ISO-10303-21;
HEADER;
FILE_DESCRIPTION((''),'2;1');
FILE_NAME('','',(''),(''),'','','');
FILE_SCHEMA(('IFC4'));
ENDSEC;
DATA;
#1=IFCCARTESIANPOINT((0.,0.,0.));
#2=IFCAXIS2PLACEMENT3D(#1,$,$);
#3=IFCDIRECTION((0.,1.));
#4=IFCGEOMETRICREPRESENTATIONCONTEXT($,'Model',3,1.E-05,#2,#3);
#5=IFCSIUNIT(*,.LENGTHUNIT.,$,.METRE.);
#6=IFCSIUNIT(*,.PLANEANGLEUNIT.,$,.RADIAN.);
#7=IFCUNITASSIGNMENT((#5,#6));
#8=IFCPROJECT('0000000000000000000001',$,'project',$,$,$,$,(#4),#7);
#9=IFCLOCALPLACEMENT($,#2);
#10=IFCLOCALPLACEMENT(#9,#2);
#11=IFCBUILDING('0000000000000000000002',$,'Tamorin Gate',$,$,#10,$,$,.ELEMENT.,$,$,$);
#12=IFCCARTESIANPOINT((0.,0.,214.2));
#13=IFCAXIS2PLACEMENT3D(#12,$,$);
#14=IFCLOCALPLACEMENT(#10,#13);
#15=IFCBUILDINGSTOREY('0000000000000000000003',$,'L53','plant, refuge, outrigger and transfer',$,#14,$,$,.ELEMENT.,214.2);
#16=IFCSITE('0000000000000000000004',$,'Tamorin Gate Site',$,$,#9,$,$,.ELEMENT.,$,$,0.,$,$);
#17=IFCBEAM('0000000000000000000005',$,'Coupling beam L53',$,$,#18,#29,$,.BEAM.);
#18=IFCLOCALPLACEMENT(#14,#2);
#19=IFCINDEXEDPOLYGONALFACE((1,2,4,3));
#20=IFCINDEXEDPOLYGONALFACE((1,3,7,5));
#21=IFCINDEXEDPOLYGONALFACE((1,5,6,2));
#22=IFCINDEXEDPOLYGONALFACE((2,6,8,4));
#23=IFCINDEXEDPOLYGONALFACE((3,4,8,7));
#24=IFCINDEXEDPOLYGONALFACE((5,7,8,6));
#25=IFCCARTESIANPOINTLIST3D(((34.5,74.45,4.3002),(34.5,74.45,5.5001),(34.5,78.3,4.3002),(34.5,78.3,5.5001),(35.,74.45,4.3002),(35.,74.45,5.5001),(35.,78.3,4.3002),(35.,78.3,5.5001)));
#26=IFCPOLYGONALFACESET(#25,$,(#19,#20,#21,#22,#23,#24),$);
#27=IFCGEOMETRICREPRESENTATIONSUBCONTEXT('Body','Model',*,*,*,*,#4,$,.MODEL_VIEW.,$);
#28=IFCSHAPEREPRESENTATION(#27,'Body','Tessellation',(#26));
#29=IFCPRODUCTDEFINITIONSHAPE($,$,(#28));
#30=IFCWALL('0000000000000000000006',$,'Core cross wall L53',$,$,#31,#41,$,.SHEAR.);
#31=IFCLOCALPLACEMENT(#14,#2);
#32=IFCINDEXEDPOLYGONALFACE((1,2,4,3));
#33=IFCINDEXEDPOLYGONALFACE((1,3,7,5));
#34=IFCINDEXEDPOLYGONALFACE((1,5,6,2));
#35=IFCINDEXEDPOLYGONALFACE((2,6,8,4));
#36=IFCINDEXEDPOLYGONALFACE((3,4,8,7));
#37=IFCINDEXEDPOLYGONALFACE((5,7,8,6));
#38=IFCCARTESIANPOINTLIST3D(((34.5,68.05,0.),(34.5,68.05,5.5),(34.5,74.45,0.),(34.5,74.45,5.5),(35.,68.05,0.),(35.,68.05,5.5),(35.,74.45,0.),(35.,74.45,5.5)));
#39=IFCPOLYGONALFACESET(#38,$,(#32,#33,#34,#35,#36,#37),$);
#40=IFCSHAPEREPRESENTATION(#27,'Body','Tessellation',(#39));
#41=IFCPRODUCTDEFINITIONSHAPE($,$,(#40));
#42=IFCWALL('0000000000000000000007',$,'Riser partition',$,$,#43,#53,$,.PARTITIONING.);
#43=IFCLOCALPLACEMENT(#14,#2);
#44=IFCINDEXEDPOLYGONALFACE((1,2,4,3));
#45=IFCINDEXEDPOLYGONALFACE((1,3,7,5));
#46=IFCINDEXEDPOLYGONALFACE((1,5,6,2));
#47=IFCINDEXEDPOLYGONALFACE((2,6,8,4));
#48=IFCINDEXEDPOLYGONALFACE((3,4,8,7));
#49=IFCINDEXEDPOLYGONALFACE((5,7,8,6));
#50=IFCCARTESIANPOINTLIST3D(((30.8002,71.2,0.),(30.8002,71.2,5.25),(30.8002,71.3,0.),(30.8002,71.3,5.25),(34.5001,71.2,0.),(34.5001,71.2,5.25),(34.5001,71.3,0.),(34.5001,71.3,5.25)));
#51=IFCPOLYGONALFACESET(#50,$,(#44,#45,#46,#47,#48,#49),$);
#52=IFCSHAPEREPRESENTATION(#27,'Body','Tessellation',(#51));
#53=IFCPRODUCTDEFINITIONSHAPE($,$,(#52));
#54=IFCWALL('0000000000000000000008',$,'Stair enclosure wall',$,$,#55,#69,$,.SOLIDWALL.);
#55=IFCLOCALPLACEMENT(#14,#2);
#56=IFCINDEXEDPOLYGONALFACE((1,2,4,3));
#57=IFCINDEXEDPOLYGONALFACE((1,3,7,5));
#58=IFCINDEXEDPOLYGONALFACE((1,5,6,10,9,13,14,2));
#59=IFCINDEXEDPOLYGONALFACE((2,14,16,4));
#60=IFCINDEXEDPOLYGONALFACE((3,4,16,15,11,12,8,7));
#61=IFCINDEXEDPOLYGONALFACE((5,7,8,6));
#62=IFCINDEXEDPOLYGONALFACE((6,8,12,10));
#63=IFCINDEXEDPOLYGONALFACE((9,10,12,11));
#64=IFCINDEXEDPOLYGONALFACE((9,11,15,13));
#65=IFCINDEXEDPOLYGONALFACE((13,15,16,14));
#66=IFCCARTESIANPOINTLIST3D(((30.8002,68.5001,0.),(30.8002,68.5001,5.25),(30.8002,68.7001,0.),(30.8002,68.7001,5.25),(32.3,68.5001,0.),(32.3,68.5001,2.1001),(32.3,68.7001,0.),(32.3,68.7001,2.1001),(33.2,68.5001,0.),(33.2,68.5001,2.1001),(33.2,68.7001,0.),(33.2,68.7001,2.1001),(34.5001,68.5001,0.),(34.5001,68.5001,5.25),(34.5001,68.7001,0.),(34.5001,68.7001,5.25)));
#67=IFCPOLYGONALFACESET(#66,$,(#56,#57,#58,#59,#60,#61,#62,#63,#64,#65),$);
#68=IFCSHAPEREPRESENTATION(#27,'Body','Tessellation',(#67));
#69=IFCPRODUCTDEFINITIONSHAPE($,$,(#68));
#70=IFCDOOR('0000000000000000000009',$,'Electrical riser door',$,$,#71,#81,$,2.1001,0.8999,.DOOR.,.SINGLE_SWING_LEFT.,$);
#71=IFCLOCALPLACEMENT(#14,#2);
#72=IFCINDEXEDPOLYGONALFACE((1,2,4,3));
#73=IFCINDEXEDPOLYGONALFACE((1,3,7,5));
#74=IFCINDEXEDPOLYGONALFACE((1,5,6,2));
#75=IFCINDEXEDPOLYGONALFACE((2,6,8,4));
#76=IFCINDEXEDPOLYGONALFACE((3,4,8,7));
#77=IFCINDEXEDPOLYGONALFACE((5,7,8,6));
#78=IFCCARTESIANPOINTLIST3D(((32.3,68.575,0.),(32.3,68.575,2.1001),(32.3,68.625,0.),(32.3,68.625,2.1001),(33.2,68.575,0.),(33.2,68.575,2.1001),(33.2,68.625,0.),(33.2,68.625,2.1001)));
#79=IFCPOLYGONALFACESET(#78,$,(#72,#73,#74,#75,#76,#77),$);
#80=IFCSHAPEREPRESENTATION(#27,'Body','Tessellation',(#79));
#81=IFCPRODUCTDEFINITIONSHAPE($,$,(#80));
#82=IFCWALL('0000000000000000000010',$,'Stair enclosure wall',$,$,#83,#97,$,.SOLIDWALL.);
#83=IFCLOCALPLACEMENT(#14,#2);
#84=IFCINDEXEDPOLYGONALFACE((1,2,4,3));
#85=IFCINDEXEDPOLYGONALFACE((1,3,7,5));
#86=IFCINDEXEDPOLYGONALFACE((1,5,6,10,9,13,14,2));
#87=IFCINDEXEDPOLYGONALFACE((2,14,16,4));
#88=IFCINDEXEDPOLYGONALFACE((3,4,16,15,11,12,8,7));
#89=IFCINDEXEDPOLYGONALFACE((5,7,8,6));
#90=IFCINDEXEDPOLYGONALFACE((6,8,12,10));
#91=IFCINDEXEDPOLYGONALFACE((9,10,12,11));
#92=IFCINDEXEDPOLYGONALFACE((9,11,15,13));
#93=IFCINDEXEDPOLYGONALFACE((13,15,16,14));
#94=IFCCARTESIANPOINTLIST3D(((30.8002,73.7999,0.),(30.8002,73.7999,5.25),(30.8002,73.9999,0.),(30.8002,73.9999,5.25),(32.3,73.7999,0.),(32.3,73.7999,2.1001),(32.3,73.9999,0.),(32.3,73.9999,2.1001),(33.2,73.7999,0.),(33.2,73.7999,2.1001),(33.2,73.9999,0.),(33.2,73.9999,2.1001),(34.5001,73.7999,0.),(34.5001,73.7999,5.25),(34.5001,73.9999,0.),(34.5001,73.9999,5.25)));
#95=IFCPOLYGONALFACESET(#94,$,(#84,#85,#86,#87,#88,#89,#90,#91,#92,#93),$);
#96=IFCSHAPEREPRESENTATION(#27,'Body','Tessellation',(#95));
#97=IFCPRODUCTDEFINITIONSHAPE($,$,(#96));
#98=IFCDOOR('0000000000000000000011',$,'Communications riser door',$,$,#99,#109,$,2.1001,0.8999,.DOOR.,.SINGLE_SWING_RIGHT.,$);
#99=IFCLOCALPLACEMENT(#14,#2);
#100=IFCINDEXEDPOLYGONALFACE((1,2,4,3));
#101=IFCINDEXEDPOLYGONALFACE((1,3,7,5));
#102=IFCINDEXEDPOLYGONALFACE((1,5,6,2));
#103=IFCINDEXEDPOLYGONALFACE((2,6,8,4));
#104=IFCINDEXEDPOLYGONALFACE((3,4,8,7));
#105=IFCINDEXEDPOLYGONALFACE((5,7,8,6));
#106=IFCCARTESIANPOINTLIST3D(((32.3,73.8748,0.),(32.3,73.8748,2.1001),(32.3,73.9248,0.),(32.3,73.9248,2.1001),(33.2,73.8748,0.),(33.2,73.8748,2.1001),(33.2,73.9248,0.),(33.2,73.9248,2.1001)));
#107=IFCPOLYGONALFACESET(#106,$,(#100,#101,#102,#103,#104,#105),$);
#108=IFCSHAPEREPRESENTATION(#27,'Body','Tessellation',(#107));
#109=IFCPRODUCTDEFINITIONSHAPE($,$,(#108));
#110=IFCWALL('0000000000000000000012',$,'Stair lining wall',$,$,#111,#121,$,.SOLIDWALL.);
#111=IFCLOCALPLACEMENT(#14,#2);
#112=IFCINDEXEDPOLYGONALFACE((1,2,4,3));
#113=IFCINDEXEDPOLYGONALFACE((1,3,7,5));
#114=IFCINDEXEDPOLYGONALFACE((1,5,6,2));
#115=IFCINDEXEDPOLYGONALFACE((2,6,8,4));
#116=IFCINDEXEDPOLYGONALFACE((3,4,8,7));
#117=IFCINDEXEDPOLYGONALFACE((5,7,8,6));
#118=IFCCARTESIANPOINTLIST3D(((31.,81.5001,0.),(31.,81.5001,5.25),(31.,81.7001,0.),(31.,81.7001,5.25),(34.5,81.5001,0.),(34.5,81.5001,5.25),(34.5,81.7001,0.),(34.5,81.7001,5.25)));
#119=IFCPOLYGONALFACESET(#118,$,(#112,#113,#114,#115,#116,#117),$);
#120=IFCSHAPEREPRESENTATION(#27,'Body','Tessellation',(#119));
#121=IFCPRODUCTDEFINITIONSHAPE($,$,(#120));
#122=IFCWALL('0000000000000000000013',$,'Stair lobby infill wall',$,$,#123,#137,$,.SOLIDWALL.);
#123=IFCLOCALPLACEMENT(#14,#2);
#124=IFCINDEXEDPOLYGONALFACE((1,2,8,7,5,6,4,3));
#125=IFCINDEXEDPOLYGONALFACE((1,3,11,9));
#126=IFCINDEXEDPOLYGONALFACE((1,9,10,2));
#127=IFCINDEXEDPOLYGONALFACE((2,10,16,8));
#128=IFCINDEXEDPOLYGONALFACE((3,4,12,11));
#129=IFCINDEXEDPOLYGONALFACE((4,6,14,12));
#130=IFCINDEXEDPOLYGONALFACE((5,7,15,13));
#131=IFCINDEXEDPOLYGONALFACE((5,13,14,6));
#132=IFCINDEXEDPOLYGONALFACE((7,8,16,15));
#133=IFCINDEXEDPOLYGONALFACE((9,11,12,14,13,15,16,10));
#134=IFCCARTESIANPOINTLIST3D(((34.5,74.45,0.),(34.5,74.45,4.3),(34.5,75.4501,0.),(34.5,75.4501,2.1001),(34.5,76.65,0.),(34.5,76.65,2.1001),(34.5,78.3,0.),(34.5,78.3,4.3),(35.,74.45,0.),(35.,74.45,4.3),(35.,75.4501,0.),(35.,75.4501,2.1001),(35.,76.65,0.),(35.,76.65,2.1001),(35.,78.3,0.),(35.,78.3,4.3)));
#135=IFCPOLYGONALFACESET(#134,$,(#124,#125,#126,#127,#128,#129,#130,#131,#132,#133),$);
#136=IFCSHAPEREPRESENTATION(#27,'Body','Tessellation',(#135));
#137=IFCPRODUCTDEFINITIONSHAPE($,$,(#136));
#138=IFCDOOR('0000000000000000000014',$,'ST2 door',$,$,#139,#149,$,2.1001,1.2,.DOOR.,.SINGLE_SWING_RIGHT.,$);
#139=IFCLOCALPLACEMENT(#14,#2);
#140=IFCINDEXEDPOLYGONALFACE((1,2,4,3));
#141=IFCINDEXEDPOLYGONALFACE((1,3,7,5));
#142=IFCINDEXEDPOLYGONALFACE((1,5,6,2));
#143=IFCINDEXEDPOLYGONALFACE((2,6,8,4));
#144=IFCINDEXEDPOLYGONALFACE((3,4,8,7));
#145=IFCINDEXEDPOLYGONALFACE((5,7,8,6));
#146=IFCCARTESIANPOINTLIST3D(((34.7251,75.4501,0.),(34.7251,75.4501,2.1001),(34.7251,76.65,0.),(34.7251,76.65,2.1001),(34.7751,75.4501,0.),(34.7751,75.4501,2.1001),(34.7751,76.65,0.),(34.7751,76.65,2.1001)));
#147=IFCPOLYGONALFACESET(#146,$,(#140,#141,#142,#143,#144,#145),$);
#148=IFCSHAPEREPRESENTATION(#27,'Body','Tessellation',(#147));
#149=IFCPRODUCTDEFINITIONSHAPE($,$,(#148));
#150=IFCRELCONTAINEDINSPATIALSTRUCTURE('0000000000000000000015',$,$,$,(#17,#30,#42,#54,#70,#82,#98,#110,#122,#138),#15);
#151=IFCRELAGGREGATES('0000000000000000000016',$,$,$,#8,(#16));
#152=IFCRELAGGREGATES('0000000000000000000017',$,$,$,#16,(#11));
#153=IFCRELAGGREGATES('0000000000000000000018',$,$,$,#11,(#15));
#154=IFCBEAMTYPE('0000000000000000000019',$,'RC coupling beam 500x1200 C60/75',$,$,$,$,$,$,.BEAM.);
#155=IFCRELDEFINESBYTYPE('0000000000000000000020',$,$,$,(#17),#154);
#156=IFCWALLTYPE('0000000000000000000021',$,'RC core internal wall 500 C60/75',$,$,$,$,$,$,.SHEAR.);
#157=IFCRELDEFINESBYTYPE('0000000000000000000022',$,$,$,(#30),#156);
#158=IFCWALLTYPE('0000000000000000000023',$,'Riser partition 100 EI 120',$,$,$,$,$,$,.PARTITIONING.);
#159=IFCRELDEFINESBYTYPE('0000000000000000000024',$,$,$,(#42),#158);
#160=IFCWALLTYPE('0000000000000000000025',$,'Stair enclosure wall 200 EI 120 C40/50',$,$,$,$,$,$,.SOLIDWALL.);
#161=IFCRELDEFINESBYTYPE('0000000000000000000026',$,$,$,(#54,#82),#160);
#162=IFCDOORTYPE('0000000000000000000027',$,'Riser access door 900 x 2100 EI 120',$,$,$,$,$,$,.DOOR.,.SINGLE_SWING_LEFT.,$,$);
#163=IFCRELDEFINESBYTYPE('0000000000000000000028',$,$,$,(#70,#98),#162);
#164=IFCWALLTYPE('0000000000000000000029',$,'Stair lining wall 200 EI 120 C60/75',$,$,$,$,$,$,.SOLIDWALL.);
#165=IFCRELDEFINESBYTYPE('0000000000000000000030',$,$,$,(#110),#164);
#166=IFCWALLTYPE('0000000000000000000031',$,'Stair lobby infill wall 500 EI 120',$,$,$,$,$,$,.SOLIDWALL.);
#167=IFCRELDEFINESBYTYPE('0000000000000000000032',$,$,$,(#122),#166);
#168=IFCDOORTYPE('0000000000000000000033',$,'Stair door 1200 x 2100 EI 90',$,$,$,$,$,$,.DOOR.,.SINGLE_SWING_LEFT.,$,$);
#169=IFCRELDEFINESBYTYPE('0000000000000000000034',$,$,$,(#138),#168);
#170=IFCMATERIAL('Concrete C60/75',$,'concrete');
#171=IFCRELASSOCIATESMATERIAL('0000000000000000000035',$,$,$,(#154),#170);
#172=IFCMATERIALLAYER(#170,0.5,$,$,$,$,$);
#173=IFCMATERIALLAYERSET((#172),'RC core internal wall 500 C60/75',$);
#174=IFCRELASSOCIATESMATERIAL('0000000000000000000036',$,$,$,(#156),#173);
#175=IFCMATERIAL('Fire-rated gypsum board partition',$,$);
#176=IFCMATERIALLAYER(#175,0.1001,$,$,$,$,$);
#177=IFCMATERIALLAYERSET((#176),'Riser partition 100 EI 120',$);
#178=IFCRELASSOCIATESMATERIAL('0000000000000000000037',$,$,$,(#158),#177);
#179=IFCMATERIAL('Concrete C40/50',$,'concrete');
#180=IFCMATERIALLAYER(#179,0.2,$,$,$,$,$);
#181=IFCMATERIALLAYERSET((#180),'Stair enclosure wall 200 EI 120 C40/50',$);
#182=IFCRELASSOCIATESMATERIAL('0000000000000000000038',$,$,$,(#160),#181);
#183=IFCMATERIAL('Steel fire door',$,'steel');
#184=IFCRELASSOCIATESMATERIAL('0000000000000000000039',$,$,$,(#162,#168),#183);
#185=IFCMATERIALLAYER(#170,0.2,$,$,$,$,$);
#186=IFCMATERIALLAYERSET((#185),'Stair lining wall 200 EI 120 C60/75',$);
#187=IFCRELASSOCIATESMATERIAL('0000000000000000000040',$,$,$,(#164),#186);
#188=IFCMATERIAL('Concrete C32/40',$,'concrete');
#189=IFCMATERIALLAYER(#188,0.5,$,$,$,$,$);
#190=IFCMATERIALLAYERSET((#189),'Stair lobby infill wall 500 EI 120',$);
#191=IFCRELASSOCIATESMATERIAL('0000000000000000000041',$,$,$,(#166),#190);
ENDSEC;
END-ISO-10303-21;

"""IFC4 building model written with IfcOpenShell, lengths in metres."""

from ifc_helpers import new_model, si_unit, direction, frame, frame_2d, origin, origin_2d, place, context, subcontext, project, spatial, rectangle, extrude, material, layer, layer_set, material_profile, profile_set, type_object, element, fill, save


model = new_model("IFC4")

# Units and contexts
model_context = context("Model", 3, precision=1e-05, world=origin(), true_north=direction((0.0, 1.0)))
body_context = subcontext(model_context, "Body", "Model", "MODEL_VIEW")
ifc_project = project(units=[si_unit("LENGTHUNIT", "METRE"), si_unit("PLANEANGLEUNIT", "RADIAN")], contexts=[model_context])

# Site, building, storey
site_placement = place(None, origin())
site = spatial("IfcSite", under=ifc_project, at=site_placement, Name="Tamorin Gate Site", CompositionType="ELEMENT", RefElevation=0.0)
building_placement = place(site_placement, origin())
building = spatial("IfcBuilding", under=site, at=building_placement, Name="Tamorin Gate", CompositionType="ELEMENT")
storey_placement = place(building_placement, frame((0.0, 0.0, 214.2)))
storey = spatial("IfcBuildingStorey", under=building, at=storey_placement, Name="L53", Description="plant, refuge, outrigger and transfer", CompositionType="ELEMENT", Elevation=214.2)

# Beam
ifc_material_1 = material(Name="Concrete C60/75", Category="concrete")
ifc_material_profile = material_profile(ifc_material_1, rectangle(XDim=0.5, YDim=1.2, at=origin_2d()), Name="RC 500x1200")
ifc_profile_set = profile_set([ifc_material_profile], Name="Concrete C60/75")
beam_type = type_object("IfcBeamType", Name="RC coupling beam 500x1200 C60/75", PredefinedType="BEAM", material=ifc_profile_set)
beam_placement = place(storey_placement, frame((34.75, 74.45, 4.9001), z_axis=(0.0, 1.0, 0.0), x_axis=(-1.0, 0.0, 0.0)))
element("IfcBeam", 1, at=beam_placement, inside=storey, type_object=beam_type, Name="Coupling beam L53", PredefinedType="BEAM", context=body_context, shape_type="SweptSolid", body=[
    extrude(rectangle(XDim=0.5, YDim=1.2, at=origin_2d()), origin(), (0.0, 0.0, 1.0), 3.8501),
])

# Walls
ifc_layer_1 = layer(ifc_material_1, 0.5)
ifc_layer_set_1 = layer_set([ifc_layer_1], Name="RC core internal wall 500 C60/75")
wall_type_1 = type_object("IfcWallType", Name="RC core internal wall 500 C60/75", PredefinedType="SHEAR", material=ifc_layer_set_1)
wall_1_placement = place(storey_placement, frame((34.75, 68.05, 0.0), z_axis=(0.0, 0.0, 1.0), x_axis=(0.0, 1.0, 0.0)))
element("IfcWall", 2, at=wall_1_placement, inside=storey, type_object=wall_type_1, Name="Core cross wall L53", PredefinedType="SHEAR", context=body_context, shape_type="SweptSolid", body=[
    extrude(rectangle(XDim=6.3999, YDim=0.5, at=frame_2d((3.2, 0.0))), origin(), (0.0, 0.0, 1.0), 5.5),
])
ifc_material_2 = material(Name="Fire-rated gypsum board partition")
ifc_layer_2 = layer(ifc_material_2, 0.1001)
ifc_layer_set_2 = layer_set([ifc_layer_2], Name="Riser partition 100 EI 120")
wall_type_2 = type_object("IfcWallType", Name="Riser partition 100 EI 120", PredefinedType="PARTITIONING", material=ifc_layer_set_2)
wall_2_placement = place(storey_placement, frame((30.8, 71.25, 0.0), z_axis=(0.0, 0.0, 1.0), x_axis=(1.0, 0.0, 0.0)))
element("IfcWall", 3, at=wall_2_placement, inside=storey, type_object=wall_type_2, Name="Riser partition", PredefinedType="PARTITIONING", context=body_context, shape_type="SweptSolid", body=[
    extrude(rectangle(XDim=3.7, YDim=0.1001, at=frame_2d((1.8501, 0.0))), origin(), (0.0, 0.0, 1.0), 5.25),
])

# Walls, openings, doors
ifc_material_3 = material(Name="Concrete C40/50", Category="concrete")
ifc_layer_3 = layer(ifc_material_3, 0.2)
ifc_layer_set_3 = layer_set([ifc_layer_3], Name="Stair enclosure wall 200 EI 120 C40/50")
wall_type_3 = type_object("IfcWallType", Name="Stair enclosure wall 200 EI 120 C40/50", PredefinedType="SOLIDWALL", material=ifc_layer_set_3)
wall_3_placement = place(storey_placement, frame((30.8, 68.6001, 0.0), z_axis=(0.0, 0.0, 1.0), x_axis=(1.0, 0.0, 0.0)))
wall_3 = element("IfcWall", 4, at=wall_3_placement, inside=storey, type_object=wall_type_3, Name="Stair enclosure wall", PredefinedType="SOLIDWALL", context=body_context, shape_type="SweptSolid", body=[
    extrude(rectangle(XDim=3.7, YDim=0.2, at=frame_2d((1.8501, 0.0))), origin(), (0.0, 0.0, 1.0), 5.25),
])
opening_1_placement = place(wall_3_placement, frame((1.5, 0.0, 0.0)))
opening_1 = element("IfcOpeningElement", 5, at=opening_1_placement, cuts=wall_3, PredefinedType="OPENING", context=body_context, shape_type="SweptSolid", body=[
    extrude(rectangle(XDim=0.8999, YDim=2.1001, at=frame_2d((0.45, 1.05))), frame((0.0, 0.1099, 0.0), z_axis=(0.0, -1.0, 0.0), x_axis=(1.0, 0.0, 0.0)), (0.0, 0.0, 1.0), 0.22),
])
ifc_material_4 = material(Name="Steel fire door", Category="steel")
door_type_1 = type_object("IfcDoorType", Name="Riser access door 900 x 2100 EI 120", OperationType="SINGLE_SWING_LEFT", PredefinedType="DOOR", material=ifc_material_4)
door_1_placement = place(opening_1_placement, origin())
door_1 = element("IfcDoor", 6, at=door_1_placement, inside=storey, type_object=door_type_1, Name="Electrical riser door", OperationType="SINGLE_SWING_LEFT", OverallHeight=2.1001, OverallWidth=0.8999, PredefinedType="DOOR", context=body_context, shape_type="SweptSolid", body=[
    extrude(rectangle(XDim=0.8999, YDim=2.1001, at=frame_2d((0.45, 1.05))), frame((0.0, 0.0249, 0.0), z_axis=(0.0, -1.0, 0.0), x_axis=(1.0, 0.0, 0.0)), (0.0, 0.0, 1.0), 0.05),
])
fill(opening_1, door_1)
wall_4_placement = place(storey_placement, frame((30.8, 73.8999, 0.0), z_axis=(0.0, 0.0, 1.0), x_axis=(1.0, 0.0, 0.0)))
wall_4 = element("IfcWall", 7, at=wall_4_placement, inside=storey, type_object=wall_type_3, Name="Stair enclosure wall", PredefinedType="SOLIDWALL", context=body_context, shape_type="SweptSolid", body=[
    extrude(rectangle(XDim=3.7, YDim=0.2, at=frame_2d((1.8501, 0.0))), origin(), (0.0, 0.0, 1.0), 5.25),
])
opening_2_placement = place(wall_4_placement, frame((1.5, 0.0, 0.0)))
opening_2 = element("IfcOpeningElement", 8, at=opening_2_placement, cuts=wall_4, PredefinedType="OPENING", context=body_context, shape_type="SweptSolid", body=[
    extrude(rectangle(XDim=0.8999, YDim=2.1001, at=frame_2d((0.45, 1.05))), frame((0.0, 0.1099, 0.0), z_axis=(0.0, -1.0, 0.0), x_axis=(1.0, 0.0, 0.0)), (0.0, 0.0, 1.0), 0.22),
])
door_2_placement = place(opening_2_placement, origin())
door_2 = element("IfcDoor", 9, at=door_2_placement, inside=storey, type_object=door_type_1, Name="Communications riser door", OperationType="SINGLE_SWING_RIGHT", OverallHeight=2.1001, OverallWidth=0.8999, PredefinedType="DOOR", context=body_context, shape_type="SweptSolid", body=[
    extrude(rectangle(XDim=0.8999, YDim=2.1001, at=frame_2d((0.45, 1.05))), frame((0.0, 0.0249, 0.0), z_axis=(0.0, -1.0, 0.0), x_axis=(1.0, 0.0, 0.0)), (0.0, 0.0, 1.0), 0.05),
])
fill(opening_2, door_2)

# Wall
ifc_layer_4 = layer(ifc_material_1, 0.2)
ifc_layer_set_4 = layer_set([ifc_layer_4], Name="Stair lining wall 200 EI 120 C60/75")
wall_type_4 = type_object("IfcWallType", Name="Stair lining wall 200 EI 120 C60/75", PredefinedType="SOLIDWALL", material=ifc_layer_set_4)
wall_5_placement = place(storey_placement, frame((31.0, 81.6001, 0.0), z_axis=(0.0, 0.0, 1.0), x_axis=(1.0, 0.0, 0.0)))
element("IfcWall", 10, at=wall_5_placement, inside=storey, type_object=wall_type_4, Name="Stair lining wall", PredefinedType="SOLIDWALL", context=body_context, shape_type="SweptSolid", body=[
    extrude(rectangle(XDim=3.5, YDim=0.2, at=frame_2d((1.75, 0.0))), origin(), (0.0, 0.0, 1.0), 5.25),
])

# Wall, opening, door
ifc_material_5 = material(Name="Concrete C32/40", Category="concrete")
ifc_layer_5 = layer(ifc_material_5, 0.5)
ifc_layer_set_5 = layer_set([ifc_layer_5], Name="Stair lobby infill wall 500 EI 120")
wall_type_5 = type_object("IfcWallType", Name="Stair lobby infill wall 500 EI 120", PredefinedType="SOLIDWALL", material=ifc_layer_set_5)
wall_6_placement = place(storey_placement, frame((34.75, 74.45, 0.0), z_axis=(0.0, 0.0, 1.0), x_axis=(0.0, 1.0, 0.0)))
wall_6 = element("IfcWall", 11, at=wall_6_placement, inside=storey, type_object=wall_type_5, Name="Stair lobby infill wall", PredefinedType="SOLIDWALL", context=body_context, shape_type="SweptSolid", body=[
    extrude(rectangle(XDim=3.8501, YDim=0.5, at=frame_2d((1.925, 0.0))), origin(), (0.0, 0.0, 1.0), 4.3),
])
opening_3_placement = place(wall_6_placement, frame((1.0, 0.0, 0.0)))
opening_3 = element("IfcOpeningElement", 12, at=opening_3_placement, cuts=wall_6, PredefinedType="OPENING", context=body_context, shape_type="SweptSolid", body=[
    extrude(rectangle(XDim=1.2, YDim=2.1001, at=frame_2d((0.6001, 1.05))), frame((0.0, 0.26, 0.0), z_axis=(0.0, -1.0, 0.0), x_axis=(1.0, 0.0, 0.0)), (0.0, 0.0, 1.0), 0.52),
])
door_type_2 = type_object("IfcDoorType", Name="Stair door 1200 x 2100 EI 90", OperationType="SINGLE_SWING_LEFT", PredefinedType="DOOR", material=ifc_material_4)
door_3_placement = place(opening_3_placement, origin())
door_3 = element("IfcDoor", 13, at=door_3_placement, inside=storey, type_object=door_type_2, Name="ST2 door", OperationType="SINGLE_SWING_RIGHT", OverallHeight=2.1001, OverallWidth=1.2, PredefinedType="DOOR", context=body_context, shape_type="SweptSolid", body=[
    extrude(rectangle(XDim=1.2, YDim=2.1001, at=frame_2d((0.6001, 1.05))), frame((0.0, 0.0249, 0.0), z_axis=(0.0, -1.0, 0.0), x_axis=(1.0, 0.0, 0.0)), (0.0, 0.0, 1.0), 0.05),
])
fill(opening_3, door_3)

save(model, "model.ifc")
